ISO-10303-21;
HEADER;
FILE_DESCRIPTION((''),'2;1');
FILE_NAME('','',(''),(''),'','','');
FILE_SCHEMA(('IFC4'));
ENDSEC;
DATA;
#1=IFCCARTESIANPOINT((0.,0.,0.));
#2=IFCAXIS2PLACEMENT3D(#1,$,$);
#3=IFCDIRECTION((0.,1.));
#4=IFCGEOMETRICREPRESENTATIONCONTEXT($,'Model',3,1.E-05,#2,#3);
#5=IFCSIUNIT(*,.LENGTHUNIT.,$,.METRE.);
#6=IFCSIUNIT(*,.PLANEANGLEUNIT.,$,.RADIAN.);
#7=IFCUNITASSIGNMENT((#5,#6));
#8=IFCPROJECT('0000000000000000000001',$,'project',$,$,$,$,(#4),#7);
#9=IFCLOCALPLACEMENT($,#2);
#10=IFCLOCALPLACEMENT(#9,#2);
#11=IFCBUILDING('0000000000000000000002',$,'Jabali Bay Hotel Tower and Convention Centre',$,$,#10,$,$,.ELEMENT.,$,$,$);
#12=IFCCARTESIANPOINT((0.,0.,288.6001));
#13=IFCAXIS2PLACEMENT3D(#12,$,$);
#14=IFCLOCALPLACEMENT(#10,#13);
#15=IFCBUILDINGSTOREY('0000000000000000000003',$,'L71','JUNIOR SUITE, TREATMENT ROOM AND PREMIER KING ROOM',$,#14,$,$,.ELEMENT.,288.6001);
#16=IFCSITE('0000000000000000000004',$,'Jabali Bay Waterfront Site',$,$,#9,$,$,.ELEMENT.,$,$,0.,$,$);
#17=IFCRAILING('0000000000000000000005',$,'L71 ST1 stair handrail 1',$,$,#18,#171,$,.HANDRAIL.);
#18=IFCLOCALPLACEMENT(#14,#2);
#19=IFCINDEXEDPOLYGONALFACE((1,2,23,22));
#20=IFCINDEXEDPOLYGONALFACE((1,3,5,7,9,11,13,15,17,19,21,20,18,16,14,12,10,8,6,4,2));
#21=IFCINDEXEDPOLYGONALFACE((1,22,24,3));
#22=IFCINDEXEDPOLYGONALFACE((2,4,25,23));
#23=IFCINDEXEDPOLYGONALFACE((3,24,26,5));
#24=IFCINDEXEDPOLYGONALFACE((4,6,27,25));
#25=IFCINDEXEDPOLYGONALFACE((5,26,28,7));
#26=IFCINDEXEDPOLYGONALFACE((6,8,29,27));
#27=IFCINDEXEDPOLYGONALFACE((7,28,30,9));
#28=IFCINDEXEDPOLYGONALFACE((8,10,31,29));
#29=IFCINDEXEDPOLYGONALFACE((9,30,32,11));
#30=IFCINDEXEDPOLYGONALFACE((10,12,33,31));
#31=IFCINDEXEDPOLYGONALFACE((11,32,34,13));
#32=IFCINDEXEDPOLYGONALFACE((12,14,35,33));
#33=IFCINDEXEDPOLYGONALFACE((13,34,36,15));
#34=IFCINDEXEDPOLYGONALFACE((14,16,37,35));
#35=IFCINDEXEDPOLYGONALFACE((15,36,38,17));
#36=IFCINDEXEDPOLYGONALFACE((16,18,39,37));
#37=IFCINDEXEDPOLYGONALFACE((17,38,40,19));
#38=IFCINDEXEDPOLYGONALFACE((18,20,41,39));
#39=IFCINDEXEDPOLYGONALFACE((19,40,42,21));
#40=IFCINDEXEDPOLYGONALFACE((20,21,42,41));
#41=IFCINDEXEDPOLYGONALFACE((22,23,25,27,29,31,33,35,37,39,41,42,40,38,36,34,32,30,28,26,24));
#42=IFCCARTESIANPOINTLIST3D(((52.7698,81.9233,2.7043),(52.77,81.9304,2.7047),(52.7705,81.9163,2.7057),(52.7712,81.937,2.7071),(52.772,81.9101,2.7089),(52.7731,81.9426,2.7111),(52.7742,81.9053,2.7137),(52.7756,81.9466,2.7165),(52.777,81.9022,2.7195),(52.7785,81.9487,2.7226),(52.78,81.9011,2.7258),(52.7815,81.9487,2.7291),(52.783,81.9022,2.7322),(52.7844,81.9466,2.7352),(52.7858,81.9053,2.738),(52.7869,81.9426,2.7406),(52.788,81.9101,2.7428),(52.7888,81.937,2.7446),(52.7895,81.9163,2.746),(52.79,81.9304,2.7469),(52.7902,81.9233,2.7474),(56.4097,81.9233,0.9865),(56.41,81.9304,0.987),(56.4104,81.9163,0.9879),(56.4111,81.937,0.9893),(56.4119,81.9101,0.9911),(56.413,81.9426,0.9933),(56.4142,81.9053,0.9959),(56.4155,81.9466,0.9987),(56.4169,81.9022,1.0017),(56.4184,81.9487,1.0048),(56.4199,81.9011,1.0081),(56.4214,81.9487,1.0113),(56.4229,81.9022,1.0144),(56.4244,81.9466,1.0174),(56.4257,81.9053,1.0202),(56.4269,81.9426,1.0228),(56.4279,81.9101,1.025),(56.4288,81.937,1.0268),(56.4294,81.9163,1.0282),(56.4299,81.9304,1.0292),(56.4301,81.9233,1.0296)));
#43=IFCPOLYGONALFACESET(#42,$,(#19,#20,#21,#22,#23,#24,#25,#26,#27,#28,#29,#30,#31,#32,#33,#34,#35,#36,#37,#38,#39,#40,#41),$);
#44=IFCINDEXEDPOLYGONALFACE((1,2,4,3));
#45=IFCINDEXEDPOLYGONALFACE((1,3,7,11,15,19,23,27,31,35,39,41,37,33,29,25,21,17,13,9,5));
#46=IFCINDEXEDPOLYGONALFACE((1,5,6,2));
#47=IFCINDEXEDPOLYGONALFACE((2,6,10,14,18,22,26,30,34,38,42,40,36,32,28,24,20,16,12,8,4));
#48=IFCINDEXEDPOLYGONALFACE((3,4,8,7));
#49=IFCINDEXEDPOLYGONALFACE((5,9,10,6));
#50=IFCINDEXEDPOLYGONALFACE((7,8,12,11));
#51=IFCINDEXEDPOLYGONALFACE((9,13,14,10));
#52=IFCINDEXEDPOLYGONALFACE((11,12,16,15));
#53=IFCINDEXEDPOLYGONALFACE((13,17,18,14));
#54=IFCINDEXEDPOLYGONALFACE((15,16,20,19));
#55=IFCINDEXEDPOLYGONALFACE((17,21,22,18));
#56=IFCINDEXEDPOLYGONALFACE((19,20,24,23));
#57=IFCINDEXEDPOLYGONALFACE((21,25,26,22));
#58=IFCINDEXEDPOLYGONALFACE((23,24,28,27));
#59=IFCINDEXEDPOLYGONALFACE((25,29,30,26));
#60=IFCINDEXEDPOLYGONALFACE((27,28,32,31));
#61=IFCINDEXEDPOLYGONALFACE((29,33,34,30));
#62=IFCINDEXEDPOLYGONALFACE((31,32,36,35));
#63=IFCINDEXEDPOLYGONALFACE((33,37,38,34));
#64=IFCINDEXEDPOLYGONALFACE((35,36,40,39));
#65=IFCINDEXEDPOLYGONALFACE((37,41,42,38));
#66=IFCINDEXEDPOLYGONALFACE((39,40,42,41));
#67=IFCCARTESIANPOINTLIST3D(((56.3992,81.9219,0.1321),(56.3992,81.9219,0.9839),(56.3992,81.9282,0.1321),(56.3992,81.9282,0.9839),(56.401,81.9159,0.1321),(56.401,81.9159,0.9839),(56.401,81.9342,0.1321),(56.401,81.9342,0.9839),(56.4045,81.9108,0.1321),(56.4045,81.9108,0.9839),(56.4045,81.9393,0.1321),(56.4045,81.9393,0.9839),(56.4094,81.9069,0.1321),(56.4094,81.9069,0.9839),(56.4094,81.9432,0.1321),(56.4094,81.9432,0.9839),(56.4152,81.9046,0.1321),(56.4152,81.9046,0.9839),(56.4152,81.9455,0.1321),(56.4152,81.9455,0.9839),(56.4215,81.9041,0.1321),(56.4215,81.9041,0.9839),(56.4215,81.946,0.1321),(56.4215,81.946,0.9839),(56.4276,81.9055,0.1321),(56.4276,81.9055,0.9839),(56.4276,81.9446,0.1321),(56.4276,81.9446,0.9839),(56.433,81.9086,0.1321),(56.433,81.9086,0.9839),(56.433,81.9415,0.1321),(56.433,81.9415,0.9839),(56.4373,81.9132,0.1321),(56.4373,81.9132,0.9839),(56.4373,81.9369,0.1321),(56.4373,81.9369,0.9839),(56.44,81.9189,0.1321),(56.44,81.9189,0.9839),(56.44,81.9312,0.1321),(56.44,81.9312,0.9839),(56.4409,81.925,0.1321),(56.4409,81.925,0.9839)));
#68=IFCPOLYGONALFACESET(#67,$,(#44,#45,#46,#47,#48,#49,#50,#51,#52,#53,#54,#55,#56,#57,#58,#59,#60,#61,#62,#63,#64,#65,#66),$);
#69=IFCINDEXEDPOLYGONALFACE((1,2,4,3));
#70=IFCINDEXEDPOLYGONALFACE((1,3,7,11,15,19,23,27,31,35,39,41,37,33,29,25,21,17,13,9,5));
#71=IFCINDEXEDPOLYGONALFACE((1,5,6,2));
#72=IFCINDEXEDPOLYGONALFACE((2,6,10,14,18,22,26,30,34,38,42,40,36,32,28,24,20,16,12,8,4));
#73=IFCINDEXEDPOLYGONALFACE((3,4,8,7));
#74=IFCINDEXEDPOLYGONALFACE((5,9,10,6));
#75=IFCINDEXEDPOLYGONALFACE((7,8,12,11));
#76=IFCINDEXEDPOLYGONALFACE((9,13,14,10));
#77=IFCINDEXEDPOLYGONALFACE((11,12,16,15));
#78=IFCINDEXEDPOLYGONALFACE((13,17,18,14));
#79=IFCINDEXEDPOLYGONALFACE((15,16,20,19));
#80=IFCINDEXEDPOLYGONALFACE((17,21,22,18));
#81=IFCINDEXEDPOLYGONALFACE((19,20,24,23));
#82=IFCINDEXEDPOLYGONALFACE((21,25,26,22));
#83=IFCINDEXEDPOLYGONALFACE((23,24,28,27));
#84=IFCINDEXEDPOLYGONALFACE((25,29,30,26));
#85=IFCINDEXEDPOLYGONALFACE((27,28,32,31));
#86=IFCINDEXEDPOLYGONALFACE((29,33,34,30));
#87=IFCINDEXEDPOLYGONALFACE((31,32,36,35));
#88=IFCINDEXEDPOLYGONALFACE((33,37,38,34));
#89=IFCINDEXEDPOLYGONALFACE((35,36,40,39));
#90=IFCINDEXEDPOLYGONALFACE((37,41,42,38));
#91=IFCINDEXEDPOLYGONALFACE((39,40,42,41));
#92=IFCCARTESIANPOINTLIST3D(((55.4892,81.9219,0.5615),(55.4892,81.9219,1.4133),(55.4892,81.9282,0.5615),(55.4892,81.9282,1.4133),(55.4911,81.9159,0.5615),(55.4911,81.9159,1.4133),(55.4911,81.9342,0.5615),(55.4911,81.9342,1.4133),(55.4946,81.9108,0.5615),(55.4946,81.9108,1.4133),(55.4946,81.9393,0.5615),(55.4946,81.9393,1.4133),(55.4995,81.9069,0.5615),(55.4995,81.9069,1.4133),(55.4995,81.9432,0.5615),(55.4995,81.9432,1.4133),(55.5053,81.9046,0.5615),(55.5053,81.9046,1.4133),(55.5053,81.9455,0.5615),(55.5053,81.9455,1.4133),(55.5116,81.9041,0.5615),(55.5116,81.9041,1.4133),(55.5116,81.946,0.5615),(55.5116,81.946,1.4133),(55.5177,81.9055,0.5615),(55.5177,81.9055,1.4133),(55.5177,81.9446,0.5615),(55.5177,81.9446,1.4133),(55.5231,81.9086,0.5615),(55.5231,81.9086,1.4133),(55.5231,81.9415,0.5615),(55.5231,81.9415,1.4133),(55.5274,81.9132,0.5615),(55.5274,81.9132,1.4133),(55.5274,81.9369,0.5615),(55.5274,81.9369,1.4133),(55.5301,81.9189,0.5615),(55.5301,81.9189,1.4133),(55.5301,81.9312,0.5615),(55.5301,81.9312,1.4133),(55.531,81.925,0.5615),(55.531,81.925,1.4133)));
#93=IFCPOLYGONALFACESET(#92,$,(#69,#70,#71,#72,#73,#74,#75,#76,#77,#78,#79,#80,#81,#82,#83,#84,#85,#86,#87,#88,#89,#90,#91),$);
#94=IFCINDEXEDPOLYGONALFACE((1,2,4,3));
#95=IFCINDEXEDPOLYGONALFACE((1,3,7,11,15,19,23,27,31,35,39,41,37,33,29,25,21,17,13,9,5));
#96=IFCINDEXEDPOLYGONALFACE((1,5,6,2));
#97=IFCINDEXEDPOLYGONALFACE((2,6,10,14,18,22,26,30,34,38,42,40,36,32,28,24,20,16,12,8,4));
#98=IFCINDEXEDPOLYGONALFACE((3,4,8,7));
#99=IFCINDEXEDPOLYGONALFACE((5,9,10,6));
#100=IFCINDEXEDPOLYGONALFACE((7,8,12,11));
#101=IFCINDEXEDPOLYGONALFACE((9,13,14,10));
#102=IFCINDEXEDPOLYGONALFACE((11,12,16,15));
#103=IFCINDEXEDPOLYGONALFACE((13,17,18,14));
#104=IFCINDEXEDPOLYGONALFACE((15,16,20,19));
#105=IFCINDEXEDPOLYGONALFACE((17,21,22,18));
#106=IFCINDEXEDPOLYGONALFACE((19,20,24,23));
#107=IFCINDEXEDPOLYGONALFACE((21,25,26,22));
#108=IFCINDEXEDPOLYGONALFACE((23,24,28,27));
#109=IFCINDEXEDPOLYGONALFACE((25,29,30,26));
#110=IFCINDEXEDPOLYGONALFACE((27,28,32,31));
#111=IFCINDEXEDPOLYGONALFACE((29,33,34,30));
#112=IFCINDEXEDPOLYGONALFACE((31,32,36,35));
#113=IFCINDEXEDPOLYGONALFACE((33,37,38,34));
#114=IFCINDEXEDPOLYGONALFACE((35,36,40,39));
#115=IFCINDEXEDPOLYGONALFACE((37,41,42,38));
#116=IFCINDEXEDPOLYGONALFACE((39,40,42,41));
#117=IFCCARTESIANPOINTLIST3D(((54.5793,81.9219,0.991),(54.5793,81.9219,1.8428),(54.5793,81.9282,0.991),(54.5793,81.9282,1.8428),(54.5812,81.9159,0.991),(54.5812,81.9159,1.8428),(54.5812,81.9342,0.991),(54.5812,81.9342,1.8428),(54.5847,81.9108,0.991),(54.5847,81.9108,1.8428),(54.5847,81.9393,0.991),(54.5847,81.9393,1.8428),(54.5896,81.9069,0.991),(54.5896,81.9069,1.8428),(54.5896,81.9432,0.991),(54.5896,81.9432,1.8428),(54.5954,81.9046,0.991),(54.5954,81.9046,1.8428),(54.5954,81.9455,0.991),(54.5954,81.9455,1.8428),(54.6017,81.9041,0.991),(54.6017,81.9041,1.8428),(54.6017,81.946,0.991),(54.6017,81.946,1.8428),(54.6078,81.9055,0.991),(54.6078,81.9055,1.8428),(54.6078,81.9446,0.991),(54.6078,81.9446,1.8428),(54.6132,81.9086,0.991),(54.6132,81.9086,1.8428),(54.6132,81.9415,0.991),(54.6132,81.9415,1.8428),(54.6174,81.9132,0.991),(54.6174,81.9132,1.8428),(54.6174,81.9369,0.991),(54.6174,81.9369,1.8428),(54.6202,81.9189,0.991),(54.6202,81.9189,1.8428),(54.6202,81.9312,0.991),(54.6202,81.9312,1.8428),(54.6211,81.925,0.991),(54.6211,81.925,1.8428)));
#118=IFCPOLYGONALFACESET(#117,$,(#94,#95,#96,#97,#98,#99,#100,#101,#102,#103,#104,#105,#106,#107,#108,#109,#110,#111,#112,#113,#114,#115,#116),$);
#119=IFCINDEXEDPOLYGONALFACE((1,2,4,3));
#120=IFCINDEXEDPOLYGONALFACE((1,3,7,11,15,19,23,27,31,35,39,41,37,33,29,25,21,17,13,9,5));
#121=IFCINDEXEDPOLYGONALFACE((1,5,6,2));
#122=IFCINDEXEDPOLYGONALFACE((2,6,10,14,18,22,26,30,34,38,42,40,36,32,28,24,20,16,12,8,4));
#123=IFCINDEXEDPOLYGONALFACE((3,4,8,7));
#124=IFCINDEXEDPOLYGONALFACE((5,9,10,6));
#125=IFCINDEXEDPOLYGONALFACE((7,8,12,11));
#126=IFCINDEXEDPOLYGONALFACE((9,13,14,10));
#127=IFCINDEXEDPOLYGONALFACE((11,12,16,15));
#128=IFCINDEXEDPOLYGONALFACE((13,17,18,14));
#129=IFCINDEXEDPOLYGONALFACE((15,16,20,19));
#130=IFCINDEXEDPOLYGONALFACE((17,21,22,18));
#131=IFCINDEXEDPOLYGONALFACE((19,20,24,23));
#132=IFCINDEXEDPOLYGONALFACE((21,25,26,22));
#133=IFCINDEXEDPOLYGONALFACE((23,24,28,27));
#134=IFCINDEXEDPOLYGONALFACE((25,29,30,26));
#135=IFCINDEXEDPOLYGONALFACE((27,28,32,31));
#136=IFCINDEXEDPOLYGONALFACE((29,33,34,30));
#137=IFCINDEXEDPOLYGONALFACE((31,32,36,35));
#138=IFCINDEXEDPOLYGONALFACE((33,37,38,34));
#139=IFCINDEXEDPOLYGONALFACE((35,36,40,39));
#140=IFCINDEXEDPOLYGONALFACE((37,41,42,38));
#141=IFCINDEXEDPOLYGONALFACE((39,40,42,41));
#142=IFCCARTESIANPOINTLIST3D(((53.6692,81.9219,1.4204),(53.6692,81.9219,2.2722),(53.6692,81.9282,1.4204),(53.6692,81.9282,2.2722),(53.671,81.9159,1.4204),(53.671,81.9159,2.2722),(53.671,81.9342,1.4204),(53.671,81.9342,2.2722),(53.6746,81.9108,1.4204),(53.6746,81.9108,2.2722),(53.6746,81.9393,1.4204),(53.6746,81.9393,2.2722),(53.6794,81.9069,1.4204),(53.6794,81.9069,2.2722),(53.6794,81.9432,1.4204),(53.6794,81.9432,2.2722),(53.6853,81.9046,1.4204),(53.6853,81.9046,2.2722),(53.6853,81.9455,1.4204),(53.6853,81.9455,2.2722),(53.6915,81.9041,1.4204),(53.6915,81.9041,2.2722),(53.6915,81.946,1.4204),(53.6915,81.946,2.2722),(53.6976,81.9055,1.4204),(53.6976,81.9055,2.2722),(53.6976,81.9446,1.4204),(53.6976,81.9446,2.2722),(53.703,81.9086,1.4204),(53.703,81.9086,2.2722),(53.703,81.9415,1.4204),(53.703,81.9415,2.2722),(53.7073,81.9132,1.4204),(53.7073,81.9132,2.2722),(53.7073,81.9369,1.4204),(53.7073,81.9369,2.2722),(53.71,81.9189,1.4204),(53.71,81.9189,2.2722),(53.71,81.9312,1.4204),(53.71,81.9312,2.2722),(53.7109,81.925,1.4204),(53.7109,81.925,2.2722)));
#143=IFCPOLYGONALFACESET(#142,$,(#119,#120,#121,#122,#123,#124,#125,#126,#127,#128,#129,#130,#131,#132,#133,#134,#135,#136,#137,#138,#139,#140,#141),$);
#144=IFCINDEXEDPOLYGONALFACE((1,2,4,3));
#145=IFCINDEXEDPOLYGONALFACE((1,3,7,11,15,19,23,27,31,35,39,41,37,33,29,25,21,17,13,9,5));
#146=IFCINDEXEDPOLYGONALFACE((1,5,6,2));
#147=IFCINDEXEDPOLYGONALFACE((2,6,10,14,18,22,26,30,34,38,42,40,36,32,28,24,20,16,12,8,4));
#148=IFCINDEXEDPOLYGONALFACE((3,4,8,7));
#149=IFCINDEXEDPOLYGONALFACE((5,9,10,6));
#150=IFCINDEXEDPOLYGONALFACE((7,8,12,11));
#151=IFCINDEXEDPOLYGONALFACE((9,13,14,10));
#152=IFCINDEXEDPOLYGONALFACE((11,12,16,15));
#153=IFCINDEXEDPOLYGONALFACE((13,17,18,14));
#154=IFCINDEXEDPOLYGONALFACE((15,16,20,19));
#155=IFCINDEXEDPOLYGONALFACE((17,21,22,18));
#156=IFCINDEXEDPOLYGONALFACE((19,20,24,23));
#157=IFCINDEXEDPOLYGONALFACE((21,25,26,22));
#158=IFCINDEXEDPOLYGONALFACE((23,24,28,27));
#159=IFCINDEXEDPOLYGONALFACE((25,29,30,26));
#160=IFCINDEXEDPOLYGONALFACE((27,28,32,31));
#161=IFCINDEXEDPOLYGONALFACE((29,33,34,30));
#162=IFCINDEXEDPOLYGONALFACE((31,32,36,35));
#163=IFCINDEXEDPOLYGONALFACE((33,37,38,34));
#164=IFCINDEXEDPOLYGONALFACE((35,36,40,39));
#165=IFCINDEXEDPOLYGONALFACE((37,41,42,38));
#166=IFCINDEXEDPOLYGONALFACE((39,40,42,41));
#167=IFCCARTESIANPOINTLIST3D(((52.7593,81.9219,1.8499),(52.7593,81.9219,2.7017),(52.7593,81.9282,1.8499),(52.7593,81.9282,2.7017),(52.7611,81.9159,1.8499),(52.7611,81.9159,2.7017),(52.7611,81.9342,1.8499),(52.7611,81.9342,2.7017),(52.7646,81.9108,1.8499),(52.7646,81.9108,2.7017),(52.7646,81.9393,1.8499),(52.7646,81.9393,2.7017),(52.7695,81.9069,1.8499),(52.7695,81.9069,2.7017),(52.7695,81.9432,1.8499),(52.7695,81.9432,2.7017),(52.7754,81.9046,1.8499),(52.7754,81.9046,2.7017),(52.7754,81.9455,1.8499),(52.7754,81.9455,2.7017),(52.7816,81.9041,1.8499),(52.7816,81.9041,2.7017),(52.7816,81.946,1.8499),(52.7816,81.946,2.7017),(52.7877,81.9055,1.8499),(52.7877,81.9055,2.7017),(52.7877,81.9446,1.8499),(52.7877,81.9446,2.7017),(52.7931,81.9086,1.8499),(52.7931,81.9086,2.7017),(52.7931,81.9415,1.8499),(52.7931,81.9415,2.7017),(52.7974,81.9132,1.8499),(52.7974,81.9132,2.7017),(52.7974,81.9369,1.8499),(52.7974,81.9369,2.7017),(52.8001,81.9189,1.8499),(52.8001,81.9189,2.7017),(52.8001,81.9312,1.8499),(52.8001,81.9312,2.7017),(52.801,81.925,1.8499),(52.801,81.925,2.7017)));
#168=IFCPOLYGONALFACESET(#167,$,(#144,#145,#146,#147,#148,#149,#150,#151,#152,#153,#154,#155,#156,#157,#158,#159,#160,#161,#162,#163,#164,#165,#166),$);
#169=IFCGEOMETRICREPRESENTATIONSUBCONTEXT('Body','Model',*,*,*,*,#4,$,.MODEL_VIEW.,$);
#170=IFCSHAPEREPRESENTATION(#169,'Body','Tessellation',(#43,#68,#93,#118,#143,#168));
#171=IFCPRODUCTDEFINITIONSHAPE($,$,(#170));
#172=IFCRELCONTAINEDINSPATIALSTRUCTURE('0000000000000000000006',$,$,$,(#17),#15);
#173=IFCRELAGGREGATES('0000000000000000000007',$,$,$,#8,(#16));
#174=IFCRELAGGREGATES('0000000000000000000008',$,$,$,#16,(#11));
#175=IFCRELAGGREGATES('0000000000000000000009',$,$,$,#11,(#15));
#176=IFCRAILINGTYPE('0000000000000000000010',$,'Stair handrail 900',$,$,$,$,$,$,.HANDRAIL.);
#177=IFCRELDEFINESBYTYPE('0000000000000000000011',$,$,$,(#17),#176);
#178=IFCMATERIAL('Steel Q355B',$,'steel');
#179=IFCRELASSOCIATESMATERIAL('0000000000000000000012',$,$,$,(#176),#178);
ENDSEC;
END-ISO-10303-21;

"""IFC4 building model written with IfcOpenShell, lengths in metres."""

from ifc_helpers import new_model, si_unit, direction, frame, origin, origin_2d, place, context, subcontext, project, spatial, circle, extrude, material, type_object, element, save


model = new_model("IFC4")

# Units and contexts
model_context = context("Model", 3, precision=1e-05, world=origin(), true_north=direction((0.0, 1.0)))
body_context = subcontext(model_context, "Body", "Model", "MODEL_VIEW")
ifc_project = project(units=[si_unit("LENGTHUNIT", "METRE"), si_unit("PLANEANGLEUNIT", "RADIAN")], contexts=[model_context])

# Site, building, storey
site_placement = place(None, origin())
site = spatial("IfcSite", under=ifc_project, at=site_placement, Name="Jabali Bay Waterfront Site", CompositionType="ELEMENT", RefElevation=0.0)
building_placement = place(site_placement, origin())
building = spatial("IfcBuilding", under=site, at=building_placement, Name="Jabali Bay Hotel Tower and Convention Centre", CompositionType="ELEMENT")
storey_placement = place(building_placement, frame((0.0, 0.0, 288.6001)))
storey = spatial("IfcBuildingStorey", under=building, at=storey_placement, Name="L71", Description="JUNIOR SUITE, TREATMENT ROOM AND PREMIER KING ROOM", CompositionType="ELEMENT", Elevation=288.6001)

# Railing
ifc_material_1 = material(Name="Steel Q355B", Category="steel")
railing_type_1 = type_object("IfcRailingType", Name="Stair handrail 900", PredefinedType="HANDRAIL", material=ifc_material_1)
railing_1_placement = place(storey_placement, frame((56.4199, 81.925, 0.1321)))
element("IfcRailing", 1, at=railing_1_placement, inside=storey, type_object=railing_type_1, Name="L71 ST1 stair handrail 1", PredefinedType="HANDRAIL", context=body_context, shape_type="SweptSolid", body=[
    extrude(circle(Radius=0.0239, at=origin_2d()), frame((0.0, 0.0, 0.876), z_axis=(-0.904351, 0.0, 0.42679), x_axis=(0.0, -1.0, 0.0)), (0.0, 0.0, 1.0), 4.0249),
    extrude(circle(Radius=0.021, at=origin_2d()), origin(), (0.0, 0.0, 1.0), 0.8518),
    extrude(circle(Radius=0.021, at=origin_2d()), frame((-0.9099, 0.0, 0.4294)), (0.0, 0.0, 1.0), 0.8518),
    extrude(circle(Radius=0.021, at=origin_2d()), frame((-1.8198, 0.0, 0.8589)), (0.0, 0.0, 1.0), 0.8518),
    extrude(circle(Radius=0.021, at=origin_2d()), frame((-2.73, 0.0, 1.2883)), (0.0, 0.0, 1.0), 0.8518),
    extrude(circle(Radius=0.021, at=origin_2d()), frame((-3.6399, 0.0, 1.7178)), (0.0, 0.0, 1.0), 0.8518),
])

save(model, "model.ifc")
